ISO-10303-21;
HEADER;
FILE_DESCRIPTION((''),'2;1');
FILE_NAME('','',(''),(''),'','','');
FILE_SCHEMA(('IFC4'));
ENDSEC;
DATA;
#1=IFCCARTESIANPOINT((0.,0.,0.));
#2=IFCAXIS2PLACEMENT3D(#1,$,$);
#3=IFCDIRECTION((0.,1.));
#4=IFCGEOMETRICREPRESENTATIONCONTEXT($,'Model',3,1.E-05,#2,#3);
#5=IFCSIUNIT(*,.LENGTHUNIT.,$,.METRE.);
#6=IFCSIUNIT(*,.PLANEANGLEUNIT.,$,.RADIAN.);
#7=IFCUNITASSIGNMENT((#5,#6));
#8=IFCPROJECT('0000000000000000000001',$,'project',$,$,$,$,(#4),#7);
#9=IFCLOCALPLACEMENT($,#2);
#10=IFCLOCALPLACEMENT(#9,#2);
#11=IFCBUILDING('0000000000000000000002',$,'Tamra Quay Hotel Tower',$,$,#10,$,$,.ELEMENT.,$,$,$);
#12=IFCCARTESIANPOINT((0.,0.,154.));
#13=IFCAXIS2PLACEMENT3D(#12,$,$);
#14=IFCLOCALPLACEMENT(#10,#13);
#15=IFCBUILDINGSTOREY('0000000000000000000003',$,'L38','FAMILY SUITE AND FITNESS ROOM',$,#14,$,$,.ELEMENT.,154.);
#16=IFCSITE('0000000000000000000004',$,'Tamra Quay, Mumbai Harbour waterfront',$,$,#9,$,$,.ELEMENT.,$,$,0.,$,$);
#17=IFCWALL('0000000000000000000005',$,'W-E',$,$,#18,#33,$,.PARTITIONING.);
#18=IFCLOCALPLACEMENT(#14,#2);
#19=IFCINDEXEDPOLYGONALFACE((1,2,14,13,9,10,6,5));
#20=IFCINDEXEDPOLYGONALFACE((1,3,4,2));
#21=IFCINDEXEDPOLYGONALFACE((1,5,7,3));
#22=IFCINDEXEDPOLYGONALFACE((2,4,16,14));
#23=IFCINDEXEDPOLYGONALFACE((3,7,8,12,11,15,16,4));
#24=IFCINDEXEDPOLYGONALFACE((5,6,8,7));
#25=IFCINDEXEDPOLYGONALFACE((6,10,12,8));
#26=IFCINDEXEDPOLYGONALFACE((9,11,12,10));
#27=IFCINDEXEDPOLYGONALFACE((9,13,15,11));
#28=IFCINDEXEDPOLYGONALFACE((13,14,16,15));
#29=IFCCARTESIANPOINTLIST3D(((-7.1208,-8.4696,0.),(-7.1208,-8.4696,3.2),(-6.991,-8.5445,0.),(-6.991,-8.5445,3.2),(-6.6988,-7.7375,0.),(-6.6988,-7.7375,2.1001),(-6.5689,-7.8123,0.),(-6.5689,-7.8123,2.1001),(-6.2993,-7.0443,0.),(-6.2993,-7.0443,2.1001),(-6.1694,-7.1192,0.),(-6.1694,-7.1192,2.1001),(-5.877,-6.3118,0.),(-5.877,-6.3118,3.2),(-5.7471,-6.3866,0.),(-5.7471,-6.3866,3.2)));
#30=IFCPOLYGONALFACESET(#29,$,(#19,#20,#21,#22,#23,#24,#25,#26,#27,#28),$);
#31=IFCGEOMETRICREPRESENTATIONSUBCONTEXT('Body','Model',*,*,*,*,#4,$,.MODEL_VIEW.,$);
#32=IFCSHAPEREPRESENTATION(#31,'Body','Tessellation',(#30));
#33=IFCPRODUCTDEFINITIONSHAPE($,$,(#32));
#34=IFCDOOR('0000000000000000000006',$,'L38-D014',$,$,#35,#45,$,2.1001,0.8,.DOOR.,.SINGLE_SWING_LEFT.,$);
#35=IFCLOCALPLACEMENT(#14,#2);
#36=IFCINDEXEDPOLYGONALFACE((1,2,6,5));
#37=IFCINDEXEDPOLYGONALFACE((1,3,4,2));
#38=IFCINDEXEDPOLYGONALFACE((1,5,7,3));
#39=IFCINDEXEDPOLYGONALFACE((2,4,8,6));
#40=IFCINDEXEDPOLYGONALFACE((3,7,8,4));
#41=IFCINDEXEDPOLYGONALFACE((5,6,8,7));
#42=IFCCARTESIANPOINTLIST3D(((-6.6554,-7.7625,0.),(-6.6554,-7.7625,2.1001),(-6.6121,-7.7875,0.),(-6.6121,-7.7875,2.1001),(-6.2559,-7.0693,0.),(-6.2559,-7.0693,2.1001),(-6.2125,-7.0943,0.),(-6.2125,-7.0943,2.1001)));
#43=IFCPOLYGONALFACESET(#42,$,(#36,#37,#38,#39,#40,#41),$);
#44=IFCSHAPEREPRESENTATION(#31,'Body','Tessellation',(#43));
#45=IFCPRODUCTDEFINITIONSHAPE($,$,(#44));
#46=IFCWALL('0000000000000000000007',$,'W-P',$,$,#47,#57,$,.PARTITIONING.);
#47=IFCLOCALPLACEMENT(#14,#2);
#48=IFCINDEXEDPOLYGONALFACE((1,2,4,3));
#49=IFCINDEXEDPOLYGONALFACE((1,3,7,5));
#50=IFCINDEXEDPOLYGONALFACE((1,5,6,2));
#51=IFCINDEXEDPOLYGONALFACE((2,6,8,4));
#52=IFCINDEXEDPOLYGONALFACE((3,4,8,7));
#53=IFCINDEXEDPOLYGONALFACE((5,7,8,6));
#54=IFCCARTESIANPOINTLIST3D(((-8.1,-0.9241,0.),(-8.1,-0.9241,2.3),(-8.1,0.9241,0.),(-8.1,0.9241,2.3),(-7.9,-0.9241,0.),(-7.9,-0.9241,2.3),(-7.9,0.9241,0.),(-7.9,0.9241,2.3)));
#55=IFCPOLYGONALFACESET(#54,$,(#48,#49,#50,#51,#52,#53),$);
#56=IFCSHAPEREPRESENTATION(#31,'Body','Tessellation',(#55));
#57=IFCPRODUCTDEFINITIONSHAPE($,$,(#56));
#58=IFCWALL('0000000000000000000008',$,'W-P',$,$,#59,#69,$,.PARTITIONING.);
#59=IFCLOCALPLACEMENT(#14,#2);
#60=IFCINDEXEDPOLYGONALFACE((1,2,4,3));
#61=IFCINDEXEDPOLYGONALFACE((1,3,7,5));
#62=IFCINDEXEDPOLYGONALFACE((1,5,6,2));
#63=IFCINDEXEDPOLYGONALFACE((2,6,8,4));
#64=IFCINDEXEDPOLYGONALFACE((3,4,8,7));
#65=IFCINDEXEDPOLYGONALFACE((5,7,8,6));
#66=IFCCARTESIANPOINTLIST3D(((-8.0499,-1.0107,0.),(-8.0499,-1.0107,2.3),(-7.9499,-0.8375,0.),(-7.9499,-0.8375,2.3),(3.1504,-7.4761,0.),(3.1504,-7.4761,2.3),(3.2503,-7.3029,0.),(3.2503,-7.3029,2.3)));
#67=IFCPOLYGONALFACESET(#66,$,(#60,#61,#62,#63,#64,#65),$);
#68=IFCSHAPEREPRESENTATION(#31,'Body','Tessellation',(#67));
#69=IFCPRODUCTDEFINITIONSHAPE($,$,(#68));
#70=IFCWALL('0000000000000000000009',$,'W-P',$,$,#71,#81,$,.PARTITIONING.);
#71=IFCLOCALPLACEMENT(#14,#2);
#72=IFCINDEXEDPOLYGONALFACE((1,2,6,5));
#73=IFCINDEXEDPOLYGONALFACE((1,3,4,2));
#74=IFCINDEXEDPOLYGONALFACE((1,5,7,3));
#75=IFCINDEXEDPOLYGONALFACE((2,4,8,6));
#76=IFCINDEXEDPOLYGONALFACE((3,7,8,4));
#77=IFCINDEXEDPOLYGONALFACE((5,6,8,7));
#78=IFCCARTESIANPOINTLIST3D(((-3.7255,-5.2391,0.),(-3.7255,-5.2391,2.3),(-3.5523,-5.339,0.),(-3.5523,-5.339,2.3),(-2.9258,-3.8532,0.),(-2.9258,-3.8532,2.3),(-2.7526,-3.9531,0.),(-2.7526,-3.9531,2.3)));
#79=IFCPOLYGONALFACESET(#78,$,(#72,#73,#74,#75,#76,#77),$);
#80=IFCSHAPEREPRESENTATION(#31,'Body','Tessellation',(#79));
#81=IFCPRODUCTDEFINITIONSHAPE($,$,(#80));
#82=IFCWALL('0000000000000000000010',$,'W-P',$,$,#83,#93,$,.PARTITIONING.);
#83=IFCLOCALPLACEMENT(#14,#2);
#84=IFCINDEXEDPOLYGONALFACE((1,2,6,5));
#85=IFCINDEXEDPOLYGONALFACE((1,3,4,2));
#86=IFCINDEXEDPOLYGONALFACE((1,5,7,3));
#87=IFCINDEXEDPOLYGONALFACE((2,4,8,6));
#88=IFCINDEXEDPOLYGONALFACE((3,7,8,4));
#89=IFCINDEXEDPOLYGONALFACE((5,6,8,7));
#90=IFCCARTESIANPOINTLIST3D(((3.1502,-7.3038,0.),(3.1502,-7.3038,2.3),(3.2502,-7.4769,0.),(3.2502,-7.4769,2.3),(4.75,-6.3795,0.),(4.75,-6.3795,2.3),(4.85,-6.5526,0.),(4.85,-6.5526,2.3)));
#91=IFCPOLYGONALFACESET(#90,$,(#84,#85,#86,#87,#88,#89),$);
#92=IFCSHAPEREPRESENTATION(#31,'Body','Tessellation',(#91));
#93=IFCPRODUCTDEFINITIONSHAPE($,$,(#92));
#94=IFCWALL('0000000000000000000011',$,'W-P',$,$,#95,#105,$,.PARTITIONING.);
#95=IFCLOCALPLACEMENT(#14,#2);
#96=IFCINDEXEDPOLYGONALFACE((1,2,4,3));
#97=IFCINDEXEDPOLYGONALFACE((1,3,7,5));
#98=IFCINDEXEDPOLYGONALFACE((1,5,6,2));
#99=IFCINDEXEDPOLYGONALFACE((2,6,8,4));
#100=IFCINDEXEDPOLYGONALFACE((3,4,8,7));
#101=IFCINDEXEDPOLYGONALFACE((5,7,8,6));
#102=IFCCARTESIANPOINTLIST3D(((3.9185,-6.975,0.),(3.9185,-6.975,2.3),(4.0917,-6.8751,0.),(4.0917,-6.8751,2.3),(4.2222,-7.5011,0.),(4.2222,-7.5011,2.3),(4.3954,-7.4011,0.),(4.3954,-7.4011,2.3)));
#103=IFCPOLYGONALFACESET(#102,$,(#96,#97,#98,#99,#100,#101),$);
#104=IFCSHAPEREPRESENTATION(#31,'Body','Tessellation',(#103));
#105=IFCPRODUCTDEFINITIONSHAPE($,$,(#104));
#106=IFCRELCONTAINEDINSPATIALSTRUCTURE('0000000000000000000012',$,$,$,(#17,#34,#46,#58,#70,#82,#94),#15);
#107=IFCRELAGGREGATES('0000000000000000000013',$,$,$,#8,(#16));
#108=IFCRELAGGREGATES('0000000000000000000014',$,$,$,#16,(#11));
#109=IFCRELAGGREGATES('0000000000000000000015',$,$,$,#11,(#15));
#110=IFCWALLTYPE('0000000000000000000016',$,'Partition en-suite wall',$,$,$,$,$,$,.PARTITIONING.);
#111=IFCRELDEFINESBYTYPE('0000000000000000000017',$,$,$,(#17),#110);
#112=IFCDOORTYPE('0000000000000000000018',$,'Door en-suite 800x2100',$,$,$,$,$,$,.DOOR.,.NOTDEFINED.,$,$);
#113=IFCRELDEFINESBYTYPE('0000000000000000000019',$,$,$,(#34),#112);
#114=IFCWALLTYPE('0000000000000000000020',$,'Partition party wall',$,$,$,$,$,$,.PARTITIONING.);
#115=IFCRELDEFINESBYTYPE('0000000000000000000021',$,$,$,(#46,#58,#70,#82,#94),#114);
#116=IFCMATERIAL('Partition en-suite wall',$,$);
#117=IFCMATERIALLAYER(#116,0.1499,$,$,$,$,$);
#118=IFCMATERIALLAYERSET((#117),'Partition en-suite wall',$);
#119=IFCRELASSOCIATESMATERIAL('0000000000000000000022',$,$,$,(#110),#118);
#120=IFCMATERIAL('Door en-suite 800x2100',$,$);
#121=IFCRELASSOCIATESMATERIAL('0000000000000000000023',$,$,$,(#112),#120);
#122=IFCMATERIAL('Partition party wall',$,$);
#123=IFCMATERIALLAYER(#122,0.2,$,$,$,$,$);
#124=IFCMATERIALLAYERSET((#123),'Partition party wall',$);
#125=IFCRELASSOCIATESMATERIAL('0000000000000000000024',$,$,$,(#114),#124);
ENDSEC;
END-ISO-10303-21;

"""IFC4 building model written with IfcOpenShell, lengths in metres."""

from ifc_helpers import new_model, si_unit, direction, frame, frame_2d, origin, place, context, subcontext, project, spatial, rectangle, extrude, material, layer, layer_set, type_object, element, fill, save


model = new_model("IFC4")

# Units and contexts
model_context = context("Model", 3, precision=1e-05, world=origin(), true_north=direction((0.0, 1.0)))
body_context = subcontext(model_context, "Body", "Model", "MODEL_VIEW")
ifc_project = project(units=[si_unit("LENGTHUNIT", "METRE"), si_unit("PLANEANGLEUNIT", "RADIAN")], contexts=[model_context])

# Site, building, storey
site_placement = place(None, origin())
site = spatial("IfcSite", under=ifc_project, at=site_placement, Name="Tamra Quay, Mumbai Harbour waterfront", CompositionType="ELEMENT", RefElevation=0.0)
building_placement = place(site_placement, origin())
building = spatial("IfcBuilding", under=site, at=building_placement, Name="Tamra Quay Hotel Tower", CompositionType="ELEMENT")
storey_placement = place(building_placement, frame((0.0, 0.0, 154.0)))
storey = spatial("IfcBuildingStorey", under=building, at=storey_placement, Name="L38", Description="FAMILY SUITE AND FITNESS ROOM", CompositionType="ELEMENT", Elevation=154.0)

# Shared definitions
ifc_material_1 = material(Name="Partition en-suite wall")
ifc_layer_1 = layer(ifc_material_1, 0.1499)
ifc_layer_set_1 = layer_set([ifc_layer_1], Name="Partition en-suite wall")
wall_type_1 = type_object("IfcWallType", Name="Partition en-suite wall", PredefinedType="PARTITIONING", material=ifc_layer_set_1)

# Wall, opening, door
wall_1_placement = place(storey_placement, frame((-7.0559, -8.5071, 0.0), z_axis=(0.0, 0.0, 1.0), x_axis=(0.499397, 0.866373, 0.0)))
wall_1 = element("IfcWall", 1, at=wall_1_placement, inside=storey, type_object=wall_type_1, Name="W-E", PredefinedType="PARTITIONING", context=body_context, shape_type="SweptSolid", body=[
    extrude(rectangle(XDim=2.4907, YDim=0.1499, at=frame_2d((1.2454, 0.0))), origin(), (0.0, 0.0, 1.0), 3.2),
])
opening_1_placement = place(wall_1_placement, frame((0.8452, 0.0, 0.0)))
opening_1 = element("IfcOpeningElement", 2, at=opening_1_placement, cuts=wall_1, PredefinedType="OPENING", context=body_context, shape_type="SweptSolid", body=[
    extrude(rectangle(XDim=0.8, YDim=2.1001, at=frame_2d((0.3999, 1.05))), frame((0.0, 0.085, 0.0), z_axis=(0.0, -1.0, 0.0), x_axis=(1.0, 0.0, 0.0)), (0.0, 0.0, 1.0), 0.1699),
])
ifc_material_2 = material(Name="Door en-suite 800x2100")
door_type_1 = type_object("IfcDoorType", Name="Door en-suite 800x2100", OperationType="NOTDEFINED", PredefinedType="DOOR", material=ifc_material_2)
door_1_placement = place(opening_1_placement, origin())
door_1 = element("IfcDoor", 3, at=door_1_placement, inside=storey, type_object=door_type_1, Name="L38-D014", OperationType="SINGLE_SWING_LEFT", OverallHeight=2.1001, OverallWidth=0.8, PredefinedType="DOOR", context=body_context, shape_type="SweptSolid", body=[
    extrude(rectangle(XDim=0.8, YDim=2.1001, at=frame_2d((0.3999, 1.05))), frame((0.0, 0.0249, 0.0), z_axis=(0.0, -1.0, 0.0), x_axis=(1.0, 0.0, 0.0)), (0.0, 0.0, 1.0), 0.05),
])
fill(opening_1, door_1)

# Walls
ifc_material_3 = material(Name="Partition party wall")
ifc_layer_2 = layer(ifc_material_3, 0.2)
ifc_layer_set_2 = layer_set([ifc_layer_2], Name="Partition party wall")
wall_type_2 = type_object("IfcWallType", Name="Partition party wall", PredefinedType="PARTITIONING", material=ifc_layer_set_2)
wall_2_placement = place(storey_placement, frame((-8.0, -0.9241, 0.0), z_axis=(0.0, 0.0, 1.0), x_axis=(0.0, 1.0, 0.0)))
element("IfcWall", 4, at=wall_2_placement, inside=storey, type_object=wall_type_2, Name="W-P", PredefinedType="PARTITIONING", context=body_context, shape_type="SweptSolid", body=[
    extrude(rectangle(XDim=1.8481, YDim=0.2, at=frame_2d((0.9241, 0.0))), origin(), (0.0, 0.0, 1.0), 2.3),
])
wall_3_placement = place(storey_placement, frame((-8.0, -0.9241, 0.0), z_axis=(0.0, 0.0, 1.0), x_axis=(0.866062, -0.499936, 0.0)))
element("IfcWall", 5, at=wall_3_placement, inside=storey, type_object=wall_type_2, Name="W-P", PredefinedType="PARTITIONING", context=body_context, shape_type="SweptSolid", body=[
    extrude(rectangle(XDim=12.9324, YDim=0.2, at=frame_2d((6.4663, 0.0))), origin(), (0.0, 0.0, 1.0), 2.3),
])
wall_4_placement = place(storey_placement, frame((-3.6389, -5.2891, 0.0), z_axis=(0.0, 0.0, 1.0), x_axis=(0.499815, 0.866132, 0.0)))
element("IfcWall", 6, at=wall_4_placement, inside=storey, type_object=wall_type_2, Name="W-P", PredefinedType="PARTITIONING", context=body_context, shape_type="SweptSolid", body=[
    extrude(rectangle(XDim=1.6001, YDim=0.2, at=frame_2d((0.8, 0.0))), origin(), (0.0, 0.0, 1.0), 2.3),
])
wall_5_placement = place(storey_placement, frame((3.2002, -7.3904, 0.0), z_axis=(0.0, 0.0, 1.0), x_axis=(0.865875, 0.50026, 0.0)))
element("IfcWall", 7, at=wall_5_placement, inside=storey, type_object=wall_type_2, Name="W-P", PredefinedType="PARTITIONING", context=body_context, shape_type="SweptSolid", body=[
    extrude(rectangle(XDim=1.8477, YDim=0.2, at=frame_2d((0.9238, 0.0))), origin(), (0.0, 0.0, 1.0), 2.3),
])
wall_6_placement = place(storey_placement, frame((4.0051, -6.925, 0.0), z_axis=(0.0, 0.0, 1.0), x_axis=(0.499943, -0.866058, 0.0)))
element("IfcWall", 8, at=wall_6_placement, inside=storey, type_object=wall_type_2, Name="W-P", PredefinedType="PARTITIONING", context=body_context, shape_type="SweptSolid", body=[
    extrude(rectangle(XDim=0.6074, YDim=0.2, at=frame_2d((0.3037, 0.0))), origin(), (0.0, 0.0, 1.0), 2.3),
])

save(model, "model.ifc")
